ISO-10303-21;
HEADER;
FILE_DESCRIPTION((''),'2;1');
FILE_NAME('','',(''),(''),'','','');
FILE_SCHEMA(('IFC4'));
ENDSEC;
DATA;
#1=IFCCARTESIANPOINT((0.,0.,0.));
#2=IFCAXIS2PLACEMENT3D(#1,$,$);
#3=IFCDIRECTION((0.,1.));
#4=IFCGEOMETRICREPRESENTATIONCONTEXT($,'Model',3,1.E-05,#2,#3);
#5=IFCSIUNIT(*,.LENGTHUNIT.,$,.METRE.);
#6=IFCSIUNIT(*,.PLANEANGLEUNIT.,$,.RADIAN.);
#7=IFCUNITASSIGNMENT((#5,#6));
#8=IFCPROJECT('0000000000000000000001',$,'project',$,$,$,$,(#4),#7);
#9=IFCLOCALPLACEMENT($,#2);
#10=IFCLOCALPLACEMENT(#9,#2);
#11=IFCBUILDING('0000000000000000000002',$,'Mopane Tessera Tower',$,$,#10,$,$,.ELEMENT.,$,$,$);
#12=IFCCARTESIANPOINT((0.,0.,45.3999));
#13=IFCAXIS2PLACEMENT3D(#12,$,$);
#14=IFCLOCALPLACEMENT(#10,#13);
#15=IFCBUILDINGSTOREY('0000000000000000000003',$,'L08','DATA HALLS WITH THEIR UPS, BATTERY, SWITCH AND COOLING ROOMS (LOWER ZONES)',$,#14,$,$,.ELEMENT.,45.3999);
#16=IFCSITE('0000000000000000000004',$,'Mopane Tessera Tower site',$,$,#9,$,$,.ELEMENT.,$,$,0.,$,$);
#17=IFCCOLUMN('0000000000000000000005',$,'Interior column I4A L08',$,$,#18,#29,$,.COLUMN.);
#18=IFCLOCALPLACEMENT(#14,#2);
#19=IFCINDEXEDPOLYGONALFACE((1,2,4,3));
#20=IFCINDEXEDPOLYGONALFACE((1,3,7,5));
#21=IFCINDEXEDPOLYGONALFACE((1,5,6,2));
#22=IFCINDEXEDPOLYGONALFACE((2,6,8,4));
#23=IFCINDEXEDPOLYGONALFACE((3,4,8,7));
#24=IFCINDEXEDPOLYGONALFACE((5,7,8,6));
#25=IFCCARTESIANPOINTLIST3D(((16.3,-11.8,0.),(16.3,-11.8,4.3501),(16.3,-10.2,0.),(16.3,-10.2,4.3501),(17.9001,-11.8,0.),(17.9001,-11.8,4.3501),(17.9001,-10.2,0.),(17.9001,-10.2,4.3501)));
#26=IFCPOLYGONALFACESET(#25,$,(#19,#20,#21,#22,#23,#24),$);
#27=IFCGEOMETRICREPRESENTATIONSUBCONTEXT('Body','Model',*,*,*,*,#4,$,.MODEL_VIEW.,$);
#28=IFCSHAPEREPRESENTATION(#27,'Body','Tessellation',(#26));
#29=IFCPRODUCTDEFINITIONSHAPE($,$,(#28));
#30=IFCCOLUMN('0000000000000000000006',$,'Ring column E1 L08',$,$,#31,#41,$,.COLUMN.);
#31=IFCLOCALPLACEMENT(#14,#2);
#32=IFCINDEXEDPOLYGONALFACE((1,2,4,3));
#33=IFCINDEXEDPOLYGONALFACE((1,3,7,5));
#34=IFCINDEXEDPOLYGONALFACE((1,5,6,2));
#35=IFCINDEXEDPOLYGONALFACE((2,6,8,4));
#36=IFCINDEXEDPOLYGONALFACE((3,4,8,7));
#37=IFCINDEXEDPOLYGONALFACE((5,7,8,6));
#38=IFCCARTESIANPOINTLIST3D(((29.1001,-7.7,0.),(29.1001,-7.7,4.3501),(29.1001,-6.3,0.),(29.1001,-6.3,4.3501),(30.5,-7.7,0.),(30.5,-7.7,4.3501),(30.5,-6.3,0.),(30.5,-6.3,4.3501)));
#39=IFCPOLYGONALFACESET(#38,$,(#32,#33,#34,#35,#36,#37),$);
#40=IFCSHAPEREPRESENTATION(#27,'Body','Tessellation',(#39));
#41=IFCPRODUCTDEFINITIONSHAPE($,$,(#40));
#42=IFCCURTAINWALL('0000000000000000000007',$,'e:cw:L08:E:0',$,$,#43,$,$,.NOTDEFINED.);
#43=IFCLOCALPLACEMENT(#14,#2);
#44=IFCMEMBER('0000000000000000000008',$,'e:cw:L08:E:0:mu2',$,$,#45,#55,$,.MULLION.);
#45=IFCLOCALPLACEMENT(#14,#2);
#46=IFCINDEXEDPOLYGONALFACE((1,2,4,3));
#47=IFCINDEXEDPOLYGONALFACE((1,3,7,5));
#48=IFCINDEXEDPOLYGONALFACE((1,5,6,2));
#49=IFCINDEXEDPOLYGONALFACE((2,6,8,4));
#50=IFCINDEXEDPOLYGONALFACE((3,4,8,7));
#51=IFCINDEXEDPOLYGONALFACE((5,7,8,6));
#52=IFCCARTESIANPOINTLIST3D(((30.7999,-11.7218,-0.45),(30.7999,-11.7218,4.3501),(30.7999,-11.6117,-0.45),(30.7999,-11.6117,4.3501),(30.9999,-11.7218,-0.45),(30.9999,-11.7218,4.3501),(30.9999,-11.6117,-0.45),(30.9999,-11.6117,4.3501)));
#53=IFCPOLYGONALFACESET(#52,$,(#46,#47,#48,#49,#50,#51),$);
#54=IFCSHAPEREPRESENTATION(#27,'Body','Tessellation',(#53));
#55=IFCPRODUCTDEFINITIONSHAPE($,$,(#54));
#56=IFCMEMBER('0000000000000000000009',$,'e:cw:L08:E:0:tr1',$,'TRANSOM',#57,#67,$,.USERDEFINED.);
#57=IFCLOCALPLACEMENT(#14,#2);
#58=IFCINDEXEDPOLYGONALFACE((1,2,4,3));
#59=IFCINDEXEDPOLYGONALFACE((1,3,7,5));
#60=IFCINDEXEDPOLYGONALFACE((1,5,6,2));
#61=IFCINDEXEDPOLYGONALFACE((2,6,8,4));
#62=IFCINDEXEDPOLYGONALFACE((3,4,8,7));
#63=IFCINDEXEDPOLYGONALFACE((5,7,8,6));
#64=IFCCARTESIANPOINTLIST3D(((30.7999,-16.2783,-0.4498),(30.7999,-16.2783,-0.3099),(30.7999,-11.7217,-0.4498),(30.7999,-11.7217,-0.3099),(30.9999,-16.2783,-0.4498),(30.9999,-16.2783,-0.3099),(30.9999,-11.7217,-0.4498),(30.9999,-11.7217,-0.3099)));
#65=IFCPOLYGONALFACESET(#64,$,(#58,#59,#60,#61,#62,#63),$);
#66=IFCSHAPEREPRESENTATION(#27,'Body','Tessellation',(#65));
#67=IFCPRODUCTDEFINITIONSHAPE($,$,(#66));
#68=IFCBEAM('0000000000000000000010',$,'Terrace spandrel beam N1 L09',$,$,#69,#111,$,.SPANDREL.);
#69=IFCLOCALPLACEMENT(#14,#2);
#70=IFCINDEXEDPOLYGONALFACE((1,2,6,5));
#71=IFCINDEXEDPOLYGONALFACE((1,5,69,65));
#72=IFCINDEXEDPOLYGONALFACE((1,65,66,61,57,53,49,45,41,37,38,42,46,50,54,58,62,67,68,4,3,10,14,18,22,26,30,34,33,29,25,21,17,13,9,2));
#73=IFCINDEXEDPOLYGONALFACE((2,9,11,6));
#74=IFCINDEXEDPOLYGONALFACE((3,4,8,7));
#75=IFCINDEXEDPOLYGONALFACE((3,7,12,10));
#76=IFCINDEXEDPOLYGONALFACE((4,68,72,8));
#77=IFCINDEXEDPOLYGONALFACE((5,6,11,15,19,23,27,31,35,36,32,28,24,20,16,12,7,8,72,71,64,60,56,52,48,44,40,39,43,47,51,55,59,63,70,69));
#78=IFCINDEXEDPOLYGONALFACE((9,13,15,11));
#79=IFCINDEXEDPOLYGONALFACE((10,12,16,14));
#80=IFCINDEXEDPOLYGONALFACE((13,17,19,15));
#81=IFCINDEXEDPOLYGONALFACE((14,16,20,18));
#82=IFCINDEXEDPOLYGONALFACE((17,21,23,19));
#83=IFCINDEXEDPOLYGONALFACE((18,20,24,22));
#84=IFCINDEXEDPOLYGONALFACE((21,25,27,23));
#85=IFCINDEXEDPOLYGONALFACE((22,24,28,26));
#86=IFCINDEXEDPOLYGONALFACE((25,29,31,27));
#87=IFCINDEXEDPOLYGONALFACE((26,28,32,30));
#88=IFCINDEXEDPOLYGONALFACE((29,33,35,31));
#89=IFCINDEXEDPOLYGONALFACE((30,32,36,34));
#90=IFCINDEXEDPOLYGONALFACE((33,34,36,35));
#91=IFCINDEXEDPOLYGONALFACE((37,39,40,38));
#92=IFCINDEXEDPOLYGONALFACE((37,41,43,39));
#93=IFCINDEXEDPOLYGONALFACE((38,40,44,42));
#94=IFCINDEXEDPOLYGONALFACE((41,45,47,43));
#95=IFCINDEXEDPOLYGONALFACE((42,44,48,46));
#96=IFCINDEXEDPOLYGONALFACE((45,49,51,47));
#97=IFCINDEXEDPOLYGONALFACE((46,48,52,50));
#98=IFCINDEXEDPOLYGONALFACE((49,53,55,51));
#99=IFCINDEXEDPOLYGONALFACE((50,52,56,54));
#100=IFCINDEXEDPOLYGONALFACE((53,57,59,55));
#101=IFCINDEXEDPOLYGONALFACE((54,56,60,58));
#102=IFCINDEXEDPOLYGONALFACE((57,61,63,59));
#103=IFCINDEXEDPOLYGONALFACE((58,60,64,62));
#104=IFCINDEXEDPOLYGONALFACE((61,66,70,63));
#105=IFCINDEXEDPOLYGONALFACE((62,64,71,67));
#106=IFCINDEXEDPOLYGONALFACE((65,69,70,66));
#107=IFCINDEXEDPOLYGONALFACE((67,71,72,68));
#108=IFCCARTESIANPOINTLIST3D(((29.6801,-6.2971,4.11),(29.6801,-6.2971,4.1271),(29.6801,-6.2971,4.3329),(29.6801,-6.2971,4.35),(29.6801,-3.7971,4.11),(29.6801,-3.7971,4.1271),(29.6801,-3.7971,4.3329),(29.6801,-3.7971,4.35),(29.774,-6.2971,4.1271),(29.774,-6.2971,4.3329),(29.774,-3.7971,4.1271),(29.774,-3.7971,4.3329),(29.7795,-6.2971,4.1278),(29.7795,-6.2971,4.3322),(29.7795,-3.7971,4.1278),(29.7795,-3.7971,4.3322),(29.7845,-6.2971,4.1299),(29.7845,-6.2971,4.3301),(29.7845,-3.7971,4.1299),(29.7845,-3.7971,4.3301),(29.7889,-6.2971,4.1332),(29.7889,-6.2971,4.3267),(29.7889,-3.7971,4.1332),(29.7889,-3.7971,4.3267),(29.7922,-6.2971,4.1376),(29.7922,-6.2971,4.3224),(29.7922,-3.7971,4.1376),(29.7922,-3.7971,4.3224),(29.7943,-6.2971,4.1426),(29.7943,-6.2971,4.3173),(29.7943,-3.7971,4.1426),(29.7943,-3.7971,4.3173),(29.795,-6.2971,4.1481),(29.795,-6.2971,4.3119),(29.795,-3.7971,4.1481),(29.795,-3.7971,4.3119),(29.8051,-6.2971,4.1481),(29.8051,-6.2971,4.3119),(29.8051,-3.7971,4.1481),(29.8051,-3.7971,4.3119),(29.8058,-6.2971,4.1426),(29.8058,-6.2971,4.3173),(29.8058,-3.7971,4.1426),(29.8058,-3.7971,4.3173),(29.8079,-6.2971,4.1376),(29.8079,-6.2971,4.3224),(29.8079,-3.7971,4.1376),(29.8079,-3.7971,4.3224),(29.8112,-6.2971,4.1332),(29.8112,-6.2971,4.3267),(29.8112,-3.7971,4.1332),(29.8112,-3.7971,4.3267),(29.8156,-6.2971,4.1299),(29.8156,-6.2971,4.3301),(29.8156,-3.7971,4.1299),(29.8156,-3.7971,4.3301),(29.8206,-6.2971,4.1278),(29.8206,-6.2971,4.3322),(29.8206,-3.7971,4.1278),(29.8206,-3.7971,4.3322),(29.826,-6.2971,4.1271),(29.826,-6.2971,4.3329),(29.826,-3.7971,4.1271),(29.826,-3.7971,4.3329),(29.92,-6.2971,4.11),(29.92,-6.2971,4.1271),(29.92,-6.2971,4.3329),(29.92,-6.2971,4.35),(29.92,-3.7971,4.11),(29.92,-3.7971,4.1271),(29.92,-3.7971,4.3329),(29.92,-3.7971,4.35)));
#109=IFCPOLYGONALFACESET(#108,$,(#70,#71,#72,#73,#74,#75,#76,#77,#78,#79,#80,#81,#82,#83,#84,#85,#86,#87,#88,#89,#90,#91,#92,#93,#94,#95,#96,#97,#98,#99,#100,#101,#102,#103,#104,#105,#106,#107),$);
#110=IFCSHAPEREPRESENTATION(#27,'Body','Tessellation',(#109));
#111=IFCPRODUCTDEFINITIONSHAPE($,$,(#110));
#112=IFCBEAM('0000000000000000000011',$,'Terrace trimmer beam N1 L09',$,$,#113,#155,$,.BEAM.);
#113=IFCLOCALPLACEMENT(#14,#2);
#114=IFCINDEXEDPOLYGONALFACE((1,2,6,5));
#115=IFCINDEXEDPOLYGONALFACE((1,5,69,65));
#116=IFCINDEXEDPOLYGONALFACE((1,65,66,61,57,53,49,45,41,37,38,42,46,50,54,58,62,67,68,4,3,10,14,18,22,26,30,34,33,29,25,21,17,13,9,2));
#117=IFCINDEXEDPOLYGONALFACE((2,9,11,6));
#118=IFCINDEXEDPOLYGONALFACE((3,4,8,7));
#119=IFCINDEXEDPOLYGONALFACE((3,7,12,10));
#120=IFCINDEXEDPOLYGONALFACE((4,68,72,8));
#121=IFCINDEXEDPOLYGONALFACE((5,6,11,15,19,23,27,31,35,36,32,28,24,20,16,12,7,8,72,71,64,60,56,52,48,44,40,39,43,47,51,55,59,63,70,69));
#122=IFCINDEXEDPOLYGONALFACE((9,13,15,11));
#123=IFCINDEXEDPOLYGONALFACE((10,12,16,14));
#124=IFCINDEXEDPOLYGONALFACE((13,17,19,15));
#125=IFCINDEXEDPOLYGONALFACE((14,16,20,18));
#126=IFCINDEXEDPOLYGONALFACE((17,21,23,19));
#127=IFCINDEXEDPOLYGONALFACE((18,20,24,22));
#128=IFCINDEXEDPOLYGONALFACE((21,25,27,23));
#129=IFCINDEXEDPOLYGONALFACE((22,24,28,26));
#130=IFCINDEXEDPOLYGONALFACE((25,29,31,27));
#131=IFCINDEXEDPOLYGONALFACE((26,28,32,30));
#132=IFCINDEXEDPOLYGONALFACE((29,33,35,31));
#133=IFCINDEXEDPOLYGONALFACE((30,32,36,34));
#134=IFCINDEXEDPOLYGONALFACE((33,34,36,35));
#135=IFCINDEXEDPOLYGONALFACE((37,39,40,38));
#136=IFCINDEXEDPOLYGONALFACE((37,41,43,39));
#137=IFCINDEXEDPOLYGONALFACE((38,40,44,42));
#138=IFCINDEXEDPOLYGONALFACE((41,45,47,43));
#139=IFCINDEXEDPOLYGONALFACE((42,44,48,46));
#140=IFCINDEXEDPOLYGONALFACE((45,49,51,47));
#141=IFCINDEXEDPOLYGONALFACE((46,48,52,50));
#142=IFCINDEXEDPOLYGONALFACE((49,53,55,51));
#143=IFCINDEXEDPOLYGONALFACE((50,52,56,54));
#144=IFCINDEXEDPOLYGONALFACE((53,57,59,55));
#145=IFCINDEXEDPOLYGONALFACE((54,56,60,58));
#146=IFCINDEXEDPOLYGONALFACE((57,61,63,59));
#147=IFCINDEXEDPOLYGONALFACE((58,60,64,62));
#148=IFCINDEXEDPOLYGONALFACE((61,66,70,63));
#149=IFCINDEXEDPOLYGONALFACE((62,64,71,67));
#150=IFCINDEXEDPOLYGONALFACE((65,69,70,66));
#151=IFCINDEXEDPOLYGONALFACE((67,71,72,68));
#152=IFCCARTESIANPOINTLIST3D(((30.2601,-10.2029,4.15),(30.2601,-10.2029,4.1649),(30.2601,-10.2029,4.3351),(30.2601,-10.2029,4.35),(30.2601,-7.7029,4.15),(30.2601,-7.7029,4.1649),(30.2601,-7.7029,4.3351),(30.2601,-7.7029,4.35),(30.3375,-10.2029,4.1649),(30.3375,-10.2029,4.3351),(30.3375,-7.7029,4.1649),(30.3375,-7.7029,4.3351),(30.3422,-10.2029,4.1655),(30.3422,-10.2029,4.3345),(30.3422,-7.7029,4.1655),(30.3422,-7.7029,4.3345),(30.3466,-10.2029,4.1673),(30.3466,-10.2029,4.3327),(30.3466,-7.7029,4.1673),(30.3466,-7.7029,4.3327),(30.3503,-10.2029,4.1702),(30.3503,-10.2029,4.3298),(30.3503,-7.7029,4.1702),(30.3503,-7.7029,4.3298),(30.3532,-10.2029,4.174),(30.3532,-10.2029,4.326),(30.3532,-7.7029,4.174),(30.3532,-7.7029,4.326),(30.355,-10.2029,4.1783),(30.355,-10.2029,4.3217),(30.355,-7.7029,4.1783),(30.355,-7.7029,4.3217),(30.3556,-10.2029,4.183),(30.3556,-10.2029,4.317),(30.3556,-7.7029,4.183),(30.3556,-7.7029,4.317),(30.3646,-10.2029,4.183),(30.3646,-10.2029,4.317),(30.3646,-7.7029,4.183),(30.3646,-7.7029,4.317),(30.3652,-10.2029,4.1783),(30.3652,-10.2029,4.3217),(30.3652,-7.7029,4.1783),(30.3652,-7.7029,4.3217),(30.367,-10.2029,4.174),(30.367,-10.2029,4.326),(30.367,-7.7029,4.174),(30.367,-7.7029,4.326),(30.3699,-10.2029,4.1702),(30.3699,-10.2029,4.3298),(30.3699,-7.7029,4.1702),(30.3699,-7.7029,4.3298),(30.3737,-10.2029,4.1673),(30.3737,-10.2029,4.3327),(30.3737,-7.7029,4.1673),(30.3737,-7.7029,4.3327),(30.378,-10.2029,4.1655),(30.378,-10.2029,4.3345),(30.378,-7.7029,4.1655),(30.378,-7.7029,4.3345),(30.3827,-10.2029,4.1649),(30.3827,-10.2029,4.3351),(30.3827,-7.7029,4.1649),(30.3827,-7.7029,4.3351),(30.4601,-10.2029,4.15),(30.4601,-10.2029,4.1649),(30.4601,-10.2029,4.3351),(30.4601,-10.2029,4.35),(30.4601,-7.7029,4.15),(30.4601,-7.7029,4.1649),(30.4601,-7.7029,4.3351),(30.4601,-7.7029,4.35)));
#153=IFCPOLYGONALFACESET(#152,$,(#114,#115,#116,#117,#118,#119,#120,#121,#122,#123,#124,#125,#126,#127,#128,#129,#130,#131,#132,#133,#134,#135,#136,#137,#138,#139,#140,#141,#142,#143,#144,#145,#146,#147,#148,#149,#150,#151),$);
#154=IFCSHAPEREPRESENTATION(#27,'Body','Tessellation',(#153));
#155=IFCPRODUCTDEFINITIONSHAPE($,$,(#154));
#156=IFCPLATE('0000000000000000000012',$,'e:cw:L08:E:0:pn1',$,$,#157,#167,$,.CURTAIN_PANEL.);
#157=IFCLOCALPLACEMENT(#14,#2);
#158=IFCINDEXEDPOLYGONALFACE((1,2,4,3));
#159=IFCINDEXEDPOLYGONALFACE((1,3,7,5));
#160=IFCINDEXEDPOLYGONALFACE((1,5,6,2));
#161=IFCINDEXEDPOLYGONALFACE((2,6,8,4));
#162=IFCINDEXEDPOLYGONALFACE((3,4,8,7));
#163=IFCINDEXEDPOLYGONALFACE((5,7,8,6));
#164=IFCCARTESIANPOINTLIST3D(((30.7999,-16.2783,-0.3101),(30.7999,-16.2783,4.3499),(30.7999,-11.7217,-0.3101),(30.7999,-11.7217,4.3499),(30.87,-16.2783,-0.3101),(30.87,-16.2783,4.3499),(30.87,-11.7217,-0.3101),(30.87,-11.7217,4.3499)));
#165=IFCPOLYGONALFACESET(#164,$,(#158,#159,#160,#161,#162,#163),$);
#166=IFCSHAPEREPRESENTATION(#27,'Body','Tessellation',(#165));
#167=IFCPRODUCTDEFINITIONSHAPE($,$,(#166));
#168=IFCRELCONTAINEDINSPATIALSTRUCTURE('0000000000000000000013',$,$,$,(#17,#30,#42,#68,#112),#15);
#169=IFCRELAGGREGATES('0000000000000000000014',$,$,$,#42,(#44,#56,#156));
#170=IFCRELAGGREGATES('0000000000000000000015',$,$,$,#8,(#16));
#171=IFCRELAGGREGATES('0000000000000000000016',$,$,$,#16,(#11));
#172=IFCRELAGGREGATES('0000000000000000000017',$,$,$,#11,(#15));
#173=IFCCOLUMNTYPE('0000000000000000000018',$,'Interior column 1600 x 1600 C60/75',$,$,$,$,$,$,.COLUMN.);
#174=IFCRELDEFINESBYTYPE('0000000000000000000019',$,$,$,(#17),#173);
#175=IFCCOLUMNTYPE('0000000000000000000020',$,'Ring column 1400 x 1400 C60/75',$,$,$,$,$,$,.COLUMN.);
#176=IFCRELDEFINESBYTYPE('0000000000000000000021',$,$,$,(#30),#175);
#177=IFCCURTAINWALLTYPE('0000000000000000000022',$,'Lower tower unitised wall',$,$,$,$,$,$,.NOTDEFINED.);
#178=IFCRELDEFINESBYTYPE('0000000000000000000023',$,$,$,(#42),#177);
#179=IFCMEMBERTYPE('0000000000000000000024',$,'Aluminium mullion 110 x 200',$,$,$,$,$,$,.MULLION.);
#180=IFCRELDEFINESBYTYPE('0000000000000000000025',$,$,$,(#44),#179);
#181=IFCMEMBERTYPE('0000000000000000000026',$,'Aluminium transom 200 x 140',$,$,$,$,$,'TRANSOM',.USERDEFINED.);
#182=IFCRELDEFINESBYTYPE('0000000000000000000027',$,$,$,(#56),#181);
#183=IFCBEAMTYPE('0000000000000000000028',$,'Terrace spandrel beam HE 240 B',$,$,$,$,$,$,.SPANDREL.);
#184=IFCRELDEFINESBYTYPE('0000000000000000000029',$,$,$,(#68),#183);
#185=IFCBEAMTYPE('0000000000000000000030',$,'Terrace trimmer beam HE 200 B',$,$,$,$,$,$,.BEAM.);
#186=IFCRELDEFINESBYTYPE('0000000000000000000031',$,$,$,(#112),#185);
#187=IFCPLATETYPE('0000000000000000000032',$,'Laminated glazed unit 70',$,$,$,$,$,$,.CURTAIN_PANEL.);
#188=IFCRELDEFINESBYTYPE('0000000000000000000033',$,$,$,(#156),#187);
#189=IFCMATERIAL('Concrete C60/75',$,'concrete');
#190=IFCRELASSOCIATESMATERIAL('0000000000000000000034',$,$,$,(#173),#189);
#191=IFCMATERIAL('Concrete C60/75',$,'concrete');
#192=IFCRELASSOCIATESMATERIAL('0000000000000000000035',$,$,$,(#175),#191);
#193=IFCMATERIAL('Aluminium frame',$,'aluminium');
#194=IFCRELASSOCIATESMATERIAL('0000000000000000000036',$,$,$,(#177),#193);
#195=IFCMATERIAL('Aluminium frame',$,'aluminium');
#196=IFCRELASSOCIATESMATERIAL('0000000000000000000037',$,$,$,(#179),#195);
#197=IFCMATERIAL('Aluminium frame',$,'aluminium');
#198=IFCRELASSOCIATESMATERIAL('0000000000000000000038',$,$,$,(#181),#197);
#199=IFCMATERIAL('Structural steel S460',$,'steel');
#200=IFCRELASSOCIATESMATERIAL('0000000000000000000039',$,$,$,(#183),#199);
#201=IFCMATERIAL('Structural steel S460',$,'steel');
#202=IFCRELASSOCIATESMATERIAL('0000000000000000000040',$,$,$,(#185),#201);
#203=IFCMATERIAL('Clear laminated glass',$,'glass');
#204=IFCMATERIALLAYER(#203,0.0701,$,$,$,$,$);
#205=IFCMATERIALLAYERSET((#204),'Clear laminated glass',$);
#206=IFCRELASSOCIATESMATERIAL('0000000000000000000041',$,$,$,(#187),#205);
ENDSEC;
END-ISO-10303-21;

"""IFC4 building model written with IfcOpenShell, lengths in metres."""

from ifc_helpers import new_model, si_unit, direction, frame, origin, origin_2d, place, context, subcontext, project, spatial, rectangle, i_section, extrude, material, layer, layer_set, material_profile, profile_set, type_object, element, aggregate, save


model = new_model("IFC4")

# Units and contexts
model_context = context("Model", 3, precision=1e-05, world=origin(), true_north=direction((0.0, 1.0)))
body_context = subcontext(model_context, "Body", "Model", "MODEL_VIEW")
ifc_project = project(units=[si_unit("LENGTHUNIT", "METRE"), si_unit("PLANEANGLEUNIT", "RADIAN")], contexts=[model_context])

# Site, building, storey
site_placement = place(None, origin())
site = spatial("IfcSite", under=ifc_project, at=site_placement, Name="Mopane Tessera Tower site", CompositionType="ELEMENT", RefElevation=0.0)
building_placement = place(site_placement, origin())
building = spatial("IfcBuilding", under=site, at=building_placement, Name="Mopane Tessera Tower", CompositionType="ELEMENT")
storey_placement = place(building_placement, frame((0.0, 0.0, 45.3999)))
storey = spatial("IfcBuildingStorey", under=building, at=storey_placement, Name="L08", Description="DATA HALLS WITH THEIR UPS, BATTERY, SWITCH AND COOLING ROOMS (LOWER ZONES)", CompositionType="ELEMENT", Elevation=45.3999)

# Columns
ifc_material_1 = material(Name="Concrete C60/75", Category="concrete")
ifc_material_profile_1 = material_profile(ifc_material_1, rectangle(XDim=1.6001, YDim=1.6001, at=origin_2d()))
ifc_profile_set_1 = profile_set([ifc_material_profile_1], Name="Concrete C60/75")
column_type_1 = type_object("IfcColumnType", Name="Interior column 1600 x 1600 C60/75", PredefinedType="COLUMN", material=ifc_profile_set_1)
column_1_placement = place(storey_placement, frame((17.1001, -11.0, 0.0), z_axis=(0.0, 0.0, 1.0), x_axis=(1.0, 0.0, 0.0)))
element("IfcColumn", 1, at=column_1_placement, inside=storey, type_object=column_type_1, Name="Interior column I4A L08", PredefinedType="COLUMN", context=body_context, shape_type="SweptSolid", body=[
    extrude(rectangle(XDim=1.6001, YDim=1.6001, at=origin_2d()), origin(), (0.0, 0.0, 1.0), 4.3501),
])
ifc_material_2 = material(Name="Concrete C60/75", Category="concrete")
ifc_material_profile_2 = material_profile(ifc_material_2, rectangle(XDim=1.3999, YDim=1.3999, at=origin_2d()))
ifc_profile_set_2 = profile_set([ifc_material_profile_2], Name="Concrete C60/75")
column_type_2 = type_object("IfcColumnType", Name="Ring column 1400 x 1400 C60/75", PredefinedType="COLUMN", material=ifc_profile_set_2)
column_2_placement = place(storey_placement, frame((29.8, -7.0, 0.0), z_axis=(0.0, 0.0, 1.0), x_axis=(1.0, 0.0, 0.0)))
element("IfcColumn", 2, at=column_2_placement, inside=storey, type_object=column_type_2, Name="Ring column E1 L08", PredefinedType="COLUMN", context=body_context, shape_type="SweptSolid", body=[
    extrude(rectangle(XDim=1.3999, YDim=1.3999, at=origin_2d()), origin(), (0.0, 0.0, 1.0), 4.3501),
])

# Curtain wall, members
ifc_material_3 = material(Name="Aluminium frame", Category="aluminium")
curtain_wall_type = type_object("IfcCurtainWallType", Name="Lower tower unitised wall", PredefinedType="NOTDEFINED", material=ifc_material_3)
curtain_wall_placement = place(storey_placement, origin())
curtain_wall = element("IfcCurtainWall", 3, at=curtain_wall_placement, inside=storey, type_object=curtain_wall_type, Name="e:cw:L08:E:0", PredefinedType="NOTDEFINED")
ifc_material_4 = material(Name="Aluminium frame", Category="aluminium")
ifc_material_profile_3 = material_profile(ifc_material_4, rectangle(XDim=0.1101, YDim=0.2, at=origin_2d()))
ifc_profile_set_3 = profile_set([ifc_material_profile_3], Name="Aluminium frame")
member_type_1 = type_object("IfcMemberType", Name="Aluminium mullion 110 x 200", PredefinedType="MULLION", material=ifc_profile_set_3)
member_1_placement = place(storey_placement, frame((30.8999, -11.6667, -0.45), z_axis=(0.0, 0.0, 1.0), x_axis=(0.0, 1.0, 0.0)))
member_1 = element("IfcMember", 4, at=member_1_placement, type_object=member_type_1, Name="e:cw:L08:E:0:mu2", PredefinedType="MULLION", context=body_context, shape_type="SweptSolid", body=[
    extrude(rectangle(XDim=0.1101, YDim=0.2, at=origin_2d()), origin(), (0.0, 0.0, 1.0), 4.8),
])
ifc_material_5 = material(Name="Aluminium frame", Category="aluminium")
ifc_material_profile_4 = material_profile(ifc_material_5, rectangle(XDim=0.2, YDim=0.1399, at=origin_2d()))
ifc_profile_set_4 = profile_set([ifc_material_profile_4], Name="Aluminium frame")
member_type_2 = type_object("IfcMemberType", Name="Aluminium transom 200 x 140", ElementType="TRANSOM", PredefinedType="USERDEFINED", material=ifc_profile_set_4)
member_2_placement = place(storey_placement, frame((30.8999, -16.2783, -0.3799), z_axis=(0.0, 1.0, 0.0), x_axis=(-1.0, 0.0, 0.0)))
member_2 = element("IfcMember", 5, at=member_2_placement, type_object=member_type_2, Name="e:cw:L08:E:0:tr1", ObjectType="TRANSOM", PredefinedType="USERDEFINED", context=body_context, shape_type="SweptSolid", body=[
    extrude(rectangle(XDim=0.2, YDim=0.1399, at=origin_2d()), origin(), (0.0, 0.0, 1.0), 4.5566),
])

# Beams
ifc_material_6 = material(Name="Structural steel S460", Category="steel")
ifc_material_profile_5 = material_profile(ifc_material_6, i_section(OverallWidth=0.24, OverallDepth=0.24, WebThickness=0.01, FlangeThickness=0.0171, FilletRadius=0.021, at=origin_2d()))
ifc_profile_set_5 = profile_set([ifc_material_profile_5], Name="Structural steel S460")
beam_type_1 = type_object("IfcBeamType", Name="Terrace spandrel beam HE 240 B", PredefinedType="SPANDREL", material=ifc_profile_set_5)
beam_1_placement = place(storey_placement, frame((29.8, -6.2971, 4.23), z_axis=(0.0, 1.0, 0.0), x_axis=(-1.0, 0.0, 0.0)))
element("IfcBeam", 6, at=beam_1_placement, inside=storey, type_object=beam_type_1, Name="Terrace spandrel beam N1 L09", PredefinedType="SPANDREL", context=body_context, shape_type="SweptSolid", body=[
    extrude(i_section(OverallWidth=0.24, OverallDepth=0.24, WebThickness=0.01, FlangeThickness=0.0171, FilletRadius=0.021, at=origin_2d()), origin(), (0.0, 0.0, 1.0), 2.5),
])
ifc_material_7 = material(Name="Structural steel S460", Category="steel")
ifc_material_profile_6 = material_profile(ifc_material_7, i_section(OverallWidth=0.2, OverallDepth=0.2, WebThickness=0.009, FlangeThickness=0.0149, FilletRadius=0.0181, at=origin_2d()))
ifc_profile_set_6 = profile_set([ifc_material_profile_6], Name="Structural steel S460")
beam_type_2 = type_object("IfcBeamType", Name="Terrace trimmer beam HE 200 B", PredefinedType="BEAM", material=ifc_profile_set_6)
beam_2_placement = place(storey_placement, frame((30.3601, -7.7029, 4.25), z_axis=(0.0, -1.0, 0.0), x_axis=(1.0, 0.0, 0.0)))
element("IfcBeam", 7, at=beam_2_placement, inside=storey, type_object=beam_type_2, Name="Terrace trimmer beam N1 L09", PredefinedType="BEAM", context=body_context, shape_type="SweptSolid", body=[
    extrude(i_section(OverallWidth=0.2, OverallDepth=0.2, WebThickness=0.009, FlangeThickness=0.0149, FilletRadius=0.0181, at=origin_2d()), origin(), (0.0, 0.0, 1.0), 2.5),
])

# Plate
ifc_material_8 = material(Name="Clear laminated glass", Category="glass")
ifc_layer_1 = layer(ifc_material_8, 0.0701)
ifc_layer_set_1 = layer_set([ifc_layer_1], Name="Clear laminated glass")
plate_type = type_object("IfcPlateType", Name="Laminated glazed unit 70", PredefinedType="CURTAIN_PANEL", material=ifc_layer_set_1)
plate_placement = place(storey_placement, frame((30.835, -14.0, -0.3101), z_axis=(0.0, 0.0, 1.0), x_axis=(0.0, 1.0, 0.0)))
plate = element("IfcPlate", 8, at=plate_placement, type_object=plate_type, Name="e:cw:L08:E:0:pn1", PredefinedType="CURTAIN_PANEL", context=body_context, shape_type="SweptSolid", body=[
    extrude(rectangle(XDim=4.5566, YDim=0.0701, at=origin_2d()), origin(), (0.0, 0.0, 1.0), 4.6599),
])
aggregate(curtain_wall, [member_1, member_2, plate])

save(model, "model.ifc")
